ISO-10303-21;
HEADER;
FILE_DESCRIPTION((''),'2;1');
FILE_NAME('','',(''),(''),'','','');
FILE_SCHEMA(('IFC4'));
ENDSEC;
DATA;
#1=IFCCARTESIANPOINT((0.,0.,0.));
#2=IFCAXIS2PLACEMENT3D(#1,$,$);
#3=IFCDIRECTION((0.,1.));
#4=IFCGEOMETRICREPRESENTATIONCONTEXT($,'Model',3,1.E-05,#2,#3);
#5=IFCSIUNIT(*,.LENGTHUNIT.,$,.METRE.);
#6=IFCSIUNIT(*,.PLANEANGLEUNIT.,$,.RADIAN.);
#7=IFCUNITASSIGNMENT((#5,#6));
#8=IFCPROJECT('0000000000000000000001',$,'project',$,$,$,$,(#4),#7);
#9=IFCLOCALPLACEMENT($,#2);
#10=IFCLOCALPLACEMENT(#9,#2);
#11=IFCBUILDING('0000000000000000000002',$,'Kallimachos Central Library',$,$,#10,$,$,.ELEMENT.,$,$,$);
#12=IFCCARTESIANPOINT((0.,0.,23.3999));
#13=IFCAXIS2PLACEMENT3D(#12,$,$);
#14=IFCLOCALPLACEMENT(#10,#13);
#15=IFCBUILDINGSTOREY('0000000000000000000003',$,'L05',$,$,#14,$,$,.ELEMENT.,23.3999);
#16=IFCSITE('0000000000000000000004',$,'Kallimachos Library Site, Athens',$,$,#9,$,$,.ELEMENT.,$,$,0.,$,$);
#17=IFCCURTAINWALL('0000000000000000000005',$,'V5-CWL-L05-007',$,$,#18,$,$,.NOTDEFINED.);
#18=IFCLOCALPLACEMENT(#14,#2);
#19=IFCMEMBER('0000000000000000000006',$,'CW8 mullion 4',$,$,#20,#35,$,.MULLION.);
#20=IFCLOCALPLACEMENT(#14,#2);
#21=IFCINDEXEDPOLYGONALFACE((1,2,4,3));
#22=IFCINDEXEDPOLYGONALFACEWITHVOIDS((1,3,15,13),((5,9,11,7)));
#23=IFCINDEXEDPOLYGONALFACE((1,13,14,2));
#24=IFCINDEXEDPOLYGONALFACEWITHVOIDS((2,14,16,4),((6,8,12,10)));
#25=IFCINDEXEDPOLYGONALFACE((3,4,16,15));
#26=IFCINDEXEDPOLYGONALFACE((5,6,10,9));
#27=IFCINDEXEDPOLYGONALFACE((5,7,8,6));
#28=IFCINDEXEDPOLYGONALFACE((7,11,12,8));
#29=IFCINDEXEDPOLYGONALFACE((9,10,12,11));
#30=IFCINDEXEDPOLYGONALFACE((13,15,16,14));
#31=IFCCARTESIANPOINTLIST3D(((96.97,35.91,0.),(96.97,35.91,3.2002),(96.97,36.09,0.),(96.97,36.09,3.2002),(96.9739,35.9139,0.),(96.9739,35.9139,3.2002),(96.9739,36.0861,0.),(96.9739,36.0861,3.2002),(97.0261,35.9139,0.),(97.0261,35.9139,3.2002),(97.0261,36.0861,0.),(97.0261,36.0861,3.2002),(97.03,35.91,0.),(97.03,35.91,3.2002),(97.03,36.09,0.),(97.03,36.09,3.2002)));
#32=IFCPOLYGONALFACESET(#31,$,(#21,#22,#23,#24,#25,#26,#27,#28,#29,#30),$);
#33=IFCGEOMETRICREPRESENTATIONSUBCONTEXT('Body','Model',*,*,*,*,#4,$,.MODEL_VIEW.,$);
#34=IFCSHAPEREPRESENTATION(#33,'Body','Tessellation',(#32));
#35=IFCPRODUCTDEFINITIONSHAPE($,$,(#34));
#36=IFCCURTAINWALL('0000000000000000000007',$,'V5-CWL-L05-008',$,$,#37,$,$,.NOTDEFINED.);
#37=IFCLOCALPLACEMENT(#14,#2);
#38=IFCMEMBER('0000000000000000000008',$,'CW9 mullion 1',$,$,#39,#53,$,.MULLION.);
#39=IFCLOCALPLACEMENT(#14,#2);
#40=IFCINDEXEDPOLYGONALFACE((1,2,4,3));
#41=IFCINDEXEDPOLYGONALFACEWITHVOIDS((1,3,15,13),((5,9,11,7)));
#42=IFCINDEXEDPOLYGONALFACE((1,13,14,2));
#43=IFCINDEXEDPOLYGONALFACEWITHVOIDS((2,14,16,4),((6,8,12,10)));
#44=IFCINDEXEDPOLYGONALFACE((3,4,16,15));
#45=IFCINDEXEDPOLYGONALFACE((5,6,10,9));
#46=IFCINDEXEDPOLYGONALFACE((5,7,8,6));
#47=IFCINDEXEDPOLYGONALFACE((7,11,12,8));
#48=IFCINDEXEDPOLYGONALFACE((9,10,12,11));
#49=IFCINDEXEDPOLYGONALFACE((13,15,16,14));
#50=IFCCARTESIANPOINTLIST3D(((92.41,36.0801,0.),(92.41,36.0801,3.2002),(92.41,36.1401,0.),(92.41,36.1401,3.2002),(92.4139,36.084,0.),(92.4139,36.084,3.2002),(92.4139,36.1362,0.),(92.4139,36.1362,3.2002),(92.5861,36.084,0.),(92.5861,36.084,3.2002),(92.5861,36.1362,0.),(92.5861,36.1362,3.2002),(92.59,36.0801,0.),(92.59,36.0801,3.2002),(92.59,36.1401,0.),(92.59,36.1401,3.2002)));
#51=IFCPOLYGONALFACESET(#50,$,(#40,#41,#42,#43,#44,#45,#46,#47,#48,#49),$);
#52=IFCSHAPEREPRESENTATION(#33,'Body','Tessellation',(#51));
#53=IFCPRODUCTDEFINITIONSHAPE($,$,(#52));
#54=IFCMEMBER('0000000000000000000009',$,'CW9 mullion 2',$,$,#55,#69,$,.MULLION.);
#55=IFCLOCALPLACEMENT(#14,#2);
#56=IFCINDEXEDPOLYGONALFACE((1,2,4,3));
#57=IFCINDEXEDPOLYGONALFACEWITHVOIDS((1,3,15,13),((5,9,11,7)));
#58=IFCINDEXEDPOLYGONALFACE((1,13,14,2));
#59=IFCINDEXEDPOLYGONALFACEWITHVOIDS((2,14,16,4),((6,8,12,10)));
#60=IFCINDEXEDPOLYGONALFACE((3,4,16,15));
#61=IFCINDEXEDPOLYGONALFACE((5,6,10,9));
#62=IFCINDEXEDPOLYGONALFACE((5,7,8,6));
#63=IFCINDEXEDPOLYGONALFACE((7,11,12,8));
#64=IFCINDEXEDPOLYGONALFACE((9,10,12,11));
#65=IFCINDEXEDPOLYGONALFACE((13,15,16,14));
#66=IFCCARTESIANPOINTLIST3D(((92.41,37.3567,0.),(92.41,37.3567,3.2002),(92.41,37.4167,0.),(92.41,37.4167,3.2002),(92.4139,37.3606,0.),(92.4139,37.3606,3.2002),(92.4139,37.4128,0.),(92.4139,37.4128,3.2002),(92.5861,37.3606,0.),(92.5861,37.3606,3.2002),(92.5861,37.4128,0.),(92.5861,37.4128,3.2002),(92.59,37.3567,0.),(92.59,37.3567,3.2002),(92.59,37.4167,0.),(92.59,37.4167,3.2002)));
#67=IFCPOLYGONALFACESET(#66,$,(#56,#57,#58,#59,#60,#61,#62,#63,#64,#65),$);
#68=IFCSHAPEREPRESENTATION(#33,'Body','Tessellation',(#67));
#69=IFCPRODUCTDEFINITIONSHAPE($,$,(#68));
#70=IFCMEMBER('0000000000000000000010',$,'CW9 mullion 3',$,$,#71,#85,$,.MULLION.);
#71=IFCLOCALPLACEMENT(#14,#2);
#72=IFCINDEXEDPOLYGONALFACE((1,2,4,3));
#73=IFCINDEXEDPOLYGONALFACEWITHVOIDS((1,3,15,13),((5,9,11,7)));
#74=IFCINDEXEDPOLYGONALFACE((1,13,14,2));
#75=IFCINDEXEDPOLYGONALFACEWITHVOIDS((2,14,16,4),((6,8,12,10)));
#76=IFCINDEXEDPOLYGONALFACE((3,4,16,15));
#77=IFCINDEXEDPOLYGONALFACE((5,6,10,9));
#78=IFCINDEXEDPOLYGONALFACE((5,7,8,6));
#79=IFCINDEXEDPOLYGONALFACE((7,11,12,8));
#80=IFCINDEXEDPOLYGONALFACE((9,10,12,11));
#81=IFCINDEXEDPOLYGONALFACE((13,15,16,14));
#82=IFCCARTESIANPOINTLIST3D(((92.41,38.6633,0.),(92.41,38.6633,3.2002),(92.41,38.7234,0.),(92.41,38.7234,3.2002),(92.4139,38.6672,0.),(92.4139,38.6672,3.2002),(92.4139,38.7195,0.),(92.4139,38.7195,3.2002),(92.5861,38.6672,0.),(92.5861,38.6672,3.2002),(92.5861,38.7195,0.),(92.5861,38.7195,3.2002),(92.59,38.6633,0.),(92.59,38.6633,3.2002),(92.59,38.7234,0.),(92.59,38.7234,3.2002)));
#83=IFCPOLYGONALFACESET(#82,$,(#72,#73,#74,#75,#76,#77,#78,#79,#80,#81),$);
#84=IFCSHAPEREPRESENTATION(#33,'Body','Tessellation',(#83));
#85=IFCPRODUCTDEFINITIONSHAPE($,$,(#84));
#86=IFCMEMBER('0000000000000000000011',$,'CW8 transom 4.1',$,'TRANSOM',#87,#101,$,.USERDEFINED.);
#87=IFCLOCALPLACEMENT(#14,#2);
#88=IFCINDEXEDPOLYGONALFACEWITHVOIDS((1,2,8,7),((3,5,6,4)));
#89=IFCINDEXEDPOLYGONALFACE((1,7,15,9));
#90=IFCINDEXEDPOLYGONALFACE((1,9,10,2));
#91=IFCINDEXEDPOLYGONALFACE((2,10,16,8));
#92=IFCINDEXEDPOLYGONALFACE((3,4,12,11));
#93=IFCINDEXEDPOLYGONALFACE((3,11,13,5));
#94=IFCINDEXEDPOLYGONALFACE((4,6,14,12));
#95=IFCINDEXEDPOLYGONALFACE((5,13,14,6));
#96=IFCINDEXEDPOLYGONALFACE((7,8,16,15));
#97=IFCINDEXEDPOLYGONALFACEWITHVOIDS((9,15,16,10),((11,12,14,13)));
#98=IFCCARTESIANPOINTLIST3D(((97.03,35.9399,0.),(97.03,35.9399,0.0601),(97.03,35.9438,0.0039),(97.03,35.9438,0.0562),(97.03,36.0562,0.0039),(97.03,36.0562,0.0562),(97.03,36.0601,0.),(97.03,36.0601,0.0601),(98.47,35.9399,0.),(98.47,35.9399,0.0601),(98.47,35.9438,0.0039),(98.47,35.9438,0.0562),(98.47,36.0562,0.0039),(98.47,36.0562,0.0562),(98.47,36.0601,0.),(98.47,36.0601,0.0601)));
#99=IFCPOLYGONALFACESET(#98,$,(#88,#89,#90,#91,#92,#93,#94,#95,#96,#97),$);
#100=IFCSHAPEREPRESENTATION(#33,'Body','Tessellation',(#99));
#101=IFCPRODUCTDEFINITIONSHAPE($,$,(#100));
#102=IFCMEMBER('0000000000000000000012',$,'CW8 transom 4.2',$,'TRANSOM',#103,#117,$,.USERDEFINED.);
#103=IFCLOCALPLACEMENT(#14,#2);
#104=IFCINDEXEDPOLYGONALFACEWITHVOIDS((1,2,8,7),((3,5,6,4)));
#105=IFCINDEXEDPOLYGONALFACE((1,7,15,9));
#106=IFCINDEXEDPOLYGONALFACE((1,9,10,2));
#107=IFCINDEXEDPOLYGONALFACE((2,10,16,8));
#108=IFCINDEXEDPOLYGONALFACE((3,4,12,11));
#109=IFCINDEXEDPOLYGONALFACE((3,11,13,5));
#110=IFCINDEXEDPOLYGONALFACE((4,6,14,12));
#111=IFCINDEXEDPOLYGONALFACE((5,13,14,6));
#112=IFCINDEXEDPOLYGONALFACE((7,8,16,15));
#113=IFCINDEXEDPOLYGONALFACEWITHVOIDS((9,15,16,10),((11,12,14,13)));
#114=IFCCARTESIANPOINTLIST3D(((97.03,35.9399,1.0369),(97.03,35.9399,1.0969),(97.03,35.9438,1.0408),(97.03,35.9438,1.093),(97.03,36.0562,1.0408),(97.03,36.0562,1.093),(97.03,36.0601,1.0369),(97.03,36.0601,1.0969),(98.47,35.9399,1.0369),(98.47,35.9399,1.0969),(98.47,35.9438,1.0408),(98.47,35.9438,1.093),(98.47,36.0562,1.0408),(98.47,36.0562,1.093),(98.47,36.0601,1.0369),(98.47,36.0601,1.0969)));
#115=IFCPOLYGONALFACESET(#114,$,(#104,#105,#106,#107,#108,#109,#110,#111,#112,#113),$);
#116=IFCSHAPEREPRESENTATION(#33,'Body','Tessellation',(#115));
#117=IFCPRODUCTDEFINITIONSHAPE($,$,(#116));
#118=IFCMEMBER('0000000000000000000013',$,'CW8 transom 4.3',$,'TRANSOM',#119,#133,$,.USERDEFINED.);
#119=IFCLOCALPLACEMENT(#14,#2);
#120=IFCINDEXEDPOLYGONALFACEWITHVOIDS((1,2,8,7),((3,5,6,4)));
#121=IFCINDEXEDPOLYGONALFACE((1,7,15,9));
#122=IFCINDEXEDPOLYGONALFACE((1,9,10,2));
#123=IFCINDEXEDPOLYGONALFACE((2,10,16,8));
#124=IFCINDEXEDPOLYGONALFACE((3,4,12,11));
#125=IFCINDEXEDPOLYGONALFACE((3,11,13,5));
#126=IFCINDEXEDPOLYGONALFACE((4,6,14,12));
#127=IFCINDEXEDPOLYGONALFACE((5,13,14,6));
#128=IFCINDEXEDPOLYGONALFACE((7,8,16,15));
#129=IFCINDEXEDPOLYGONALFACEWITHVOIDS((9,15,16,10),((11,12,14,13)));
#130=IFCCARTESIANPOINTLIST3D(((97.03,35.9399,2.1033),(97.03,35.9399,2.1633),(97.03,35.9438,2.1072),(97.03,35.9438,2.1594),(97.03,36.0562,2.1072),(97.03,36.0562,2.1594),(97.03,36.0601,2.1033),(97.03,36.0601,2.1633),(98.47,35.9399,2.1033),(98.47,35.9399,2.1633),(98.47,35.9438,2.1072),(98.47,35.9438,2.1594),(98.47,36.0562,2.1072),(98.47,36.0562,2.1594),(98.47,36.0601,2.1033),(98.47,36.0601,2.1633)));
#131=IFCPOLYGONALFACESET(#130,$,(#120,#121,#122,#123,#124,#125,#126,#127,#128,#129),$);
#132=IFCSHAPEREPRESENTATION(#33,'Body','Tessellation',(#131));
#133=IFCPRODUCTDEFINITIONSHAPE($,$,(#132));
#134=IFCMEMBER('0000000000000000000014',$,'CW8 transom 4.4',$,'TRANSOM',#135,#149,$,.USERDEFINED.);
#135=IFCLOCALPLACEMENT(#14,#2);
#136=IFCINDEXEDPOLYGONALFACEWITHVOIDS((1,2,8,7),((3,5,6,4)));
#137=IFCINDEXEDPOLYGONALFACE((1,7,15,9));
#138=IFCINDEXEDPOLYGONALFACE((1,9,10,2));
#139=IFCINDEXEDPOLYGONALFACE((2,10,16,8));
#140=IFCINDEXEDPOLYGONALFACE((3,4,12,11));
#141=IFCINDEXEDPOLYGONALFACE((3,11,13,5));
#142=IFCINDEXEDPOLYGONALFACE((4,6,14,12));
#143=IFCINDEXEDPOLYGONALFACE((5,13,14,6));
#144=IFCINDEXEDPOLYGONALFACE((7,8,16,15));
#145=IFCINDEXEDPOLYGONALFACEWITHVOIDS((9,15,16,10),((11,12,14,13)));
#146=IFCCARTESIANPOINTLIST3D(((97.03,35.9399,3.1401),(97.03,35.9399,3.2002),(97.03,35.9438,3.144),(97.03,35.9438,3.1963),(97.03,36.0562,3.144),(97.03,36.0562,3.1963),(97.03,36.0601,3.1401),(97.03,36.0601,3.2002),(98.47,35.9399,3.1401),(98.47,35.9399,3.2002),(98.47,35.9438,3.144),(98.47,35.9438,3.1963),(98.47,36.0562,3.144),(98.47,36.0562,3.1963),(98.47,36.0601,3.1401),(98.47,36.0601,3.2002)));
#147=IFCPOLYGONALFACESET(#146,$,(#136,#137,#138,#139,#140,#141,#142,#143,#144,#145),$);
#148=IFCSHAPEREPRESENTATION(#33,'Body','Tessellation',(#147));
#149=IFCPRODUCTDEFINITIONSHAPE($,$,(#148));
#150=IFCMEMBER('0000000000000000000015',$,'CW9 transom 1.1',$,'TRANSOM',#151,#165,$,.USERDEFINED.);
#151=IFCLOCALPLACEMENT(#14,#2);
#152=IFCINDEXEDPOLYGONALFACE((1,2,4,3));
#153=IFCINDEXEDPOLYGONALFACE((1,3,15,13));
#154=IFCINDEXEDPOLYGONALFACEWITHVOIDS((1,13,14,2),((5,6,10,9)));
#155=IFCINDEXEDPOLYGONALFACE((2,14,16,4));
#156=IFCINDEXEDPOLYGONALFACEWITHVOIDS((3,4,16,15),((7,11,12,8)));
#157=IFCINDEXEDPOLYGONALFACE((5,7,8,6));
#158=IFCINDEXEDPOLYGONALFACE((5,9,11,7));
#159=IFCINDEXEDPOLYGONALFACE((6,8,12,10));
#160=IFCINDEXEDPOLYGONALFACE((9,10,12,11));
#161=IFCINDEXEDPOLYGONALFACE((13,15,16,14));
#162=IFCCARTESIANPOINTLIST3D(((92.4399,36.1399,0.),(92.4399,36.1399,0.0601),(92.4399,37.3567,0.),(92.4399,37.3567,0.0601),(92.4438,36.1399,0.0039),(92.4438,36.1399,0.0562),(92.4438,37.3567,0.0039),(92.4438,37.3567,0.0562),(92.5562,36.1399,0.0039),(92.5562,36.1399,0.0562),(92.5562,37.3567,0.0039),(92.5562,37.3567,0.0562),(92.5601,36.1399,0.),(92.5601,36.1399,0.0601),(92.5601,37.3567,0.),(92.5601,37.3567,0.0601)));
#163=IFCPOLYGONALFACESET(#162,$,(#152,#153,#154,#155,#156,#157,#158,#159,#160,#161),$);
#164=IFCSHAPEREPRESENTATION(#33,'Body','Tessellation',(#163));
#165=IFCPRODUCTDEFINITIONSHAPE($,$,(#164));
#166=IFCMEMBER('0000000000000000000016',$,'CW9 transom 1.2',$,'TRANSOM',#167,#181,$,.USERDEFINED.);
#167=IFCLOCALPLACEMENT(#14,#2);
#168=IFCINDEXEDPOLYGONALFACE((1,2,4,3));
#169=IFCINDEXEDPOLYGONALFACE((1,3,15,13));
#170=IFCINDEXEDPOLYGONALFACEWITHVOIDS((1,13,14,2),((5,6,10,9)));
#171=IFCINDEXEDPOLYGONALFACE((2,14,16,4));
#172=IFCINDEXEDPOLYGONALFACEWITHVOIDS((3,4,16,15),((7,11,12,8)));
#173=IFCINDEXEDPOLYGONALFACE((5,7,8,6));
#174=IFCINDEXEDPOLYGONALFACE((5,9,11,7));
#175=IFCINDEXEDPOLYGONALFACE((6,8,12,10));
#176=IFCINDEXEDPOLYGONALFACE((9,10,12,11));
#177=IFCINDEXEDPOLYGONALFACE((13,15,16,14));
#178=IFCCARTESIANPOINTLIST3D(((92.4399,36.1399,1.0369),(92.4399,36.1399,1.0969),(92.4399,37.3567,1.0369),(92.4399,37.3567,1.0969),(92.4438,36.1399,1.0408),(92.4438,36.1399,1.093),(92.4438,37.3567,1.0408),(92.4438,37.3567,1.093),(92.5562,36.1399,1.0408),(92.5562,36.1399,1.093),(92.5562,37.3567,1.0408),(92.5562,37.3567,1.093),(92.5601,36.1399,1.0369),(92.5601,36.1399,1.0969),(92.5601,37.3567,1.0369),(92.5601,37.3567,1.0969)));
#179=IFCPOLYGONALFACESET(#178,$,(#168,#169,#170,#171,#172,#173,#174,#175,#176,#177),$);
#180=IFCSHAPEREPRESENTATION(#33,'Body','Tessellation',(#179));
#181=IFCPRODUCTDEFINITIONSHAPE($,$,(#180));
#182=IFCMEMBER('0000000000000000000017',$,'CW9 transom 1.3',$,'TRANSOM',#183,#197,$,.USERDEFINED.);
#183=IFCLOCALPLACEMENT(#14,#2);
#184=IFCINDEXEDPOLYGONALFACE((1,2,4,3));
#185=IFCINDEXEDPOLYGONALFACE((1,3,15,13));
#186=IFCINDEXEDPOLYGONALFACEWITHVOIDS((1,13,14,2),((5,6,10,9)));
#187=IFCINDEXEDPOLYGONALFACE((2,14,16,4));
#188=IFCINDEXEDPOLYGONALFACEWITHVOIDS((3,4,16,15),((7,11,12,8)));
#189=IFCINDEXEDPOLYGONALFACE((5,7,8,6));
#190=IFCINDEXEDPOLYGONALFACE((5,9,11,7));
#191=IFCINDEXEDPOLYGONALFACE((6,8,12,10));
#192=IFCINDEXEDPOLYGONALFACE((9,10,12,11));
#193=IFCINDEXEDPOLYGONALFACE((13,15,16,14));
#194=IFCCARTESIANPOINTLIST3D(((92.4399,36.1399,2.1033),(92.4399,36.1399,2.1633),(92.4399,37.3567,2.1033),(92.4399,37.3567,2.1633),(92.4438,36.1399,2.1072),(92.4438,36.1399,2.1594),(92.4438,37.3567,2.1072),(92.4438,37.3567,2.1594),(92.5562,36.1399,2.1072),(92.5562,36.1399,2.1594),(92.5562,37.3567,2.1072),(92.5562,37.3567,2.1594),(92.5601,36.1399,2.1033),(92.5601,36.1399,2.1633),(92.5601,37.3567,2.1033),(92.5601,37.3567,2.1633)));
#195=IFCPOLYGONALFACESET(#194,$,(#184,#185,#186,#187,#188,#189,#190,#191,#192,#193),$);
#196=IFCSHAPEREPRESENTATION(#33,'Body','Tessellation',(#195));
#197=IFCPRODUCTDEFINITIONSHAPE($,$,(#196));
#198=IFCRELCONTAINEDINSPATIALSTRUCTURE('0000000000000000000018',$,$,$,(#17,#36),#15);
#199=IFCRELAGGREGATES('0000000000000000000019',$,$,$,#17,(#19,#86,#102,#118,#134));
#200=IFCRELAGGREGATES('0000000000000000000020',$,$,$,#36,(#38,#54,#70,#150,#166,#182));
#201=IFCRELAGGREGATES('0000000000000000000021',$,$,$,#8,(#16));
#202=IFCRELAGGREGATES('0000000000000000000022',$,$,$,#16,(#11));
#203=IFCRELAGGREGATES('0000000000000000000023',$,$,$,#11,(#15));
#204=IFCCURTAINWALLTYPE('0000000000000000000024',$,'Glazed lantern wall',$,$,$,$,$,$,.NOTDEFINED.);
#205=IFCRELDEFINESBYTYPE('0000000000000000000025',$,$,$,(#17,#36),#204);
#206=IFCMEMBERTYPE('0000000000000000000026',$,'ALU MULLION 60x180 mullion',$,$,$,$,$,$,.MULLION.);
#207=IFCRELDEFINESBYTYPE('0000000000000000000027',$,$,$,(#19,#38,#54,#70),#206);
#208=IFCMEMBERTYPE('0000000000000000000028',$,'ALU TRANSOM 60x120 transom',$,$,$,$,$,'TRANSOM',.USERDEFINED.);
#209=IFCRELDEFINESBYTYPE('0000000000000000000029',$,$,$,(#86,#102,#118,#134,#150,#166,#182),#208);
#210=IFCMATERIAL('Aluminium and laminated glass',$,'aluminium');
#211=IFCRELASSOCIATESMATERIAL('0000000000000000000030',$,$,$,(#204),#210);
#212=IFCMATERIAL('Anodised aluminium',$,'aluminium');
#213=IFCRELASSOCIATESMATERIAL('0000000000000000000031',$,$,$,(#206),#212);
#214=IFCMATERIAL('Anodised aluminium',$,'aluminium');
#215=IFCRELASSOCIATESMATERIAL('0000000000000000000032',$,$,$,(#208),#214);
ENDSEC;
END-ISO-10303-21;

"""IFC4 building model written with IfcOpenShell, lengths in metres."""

from ifc_helpers import new_model, si_unit, direction, frame, origin, origin_2d, place, context, subcontext, project, spatial, hollow_rectangle, extrude, material, material_profile, profile_set, type_object, element, aggregate, save


model = new_model("IFC4")

# Units and contexts
model_context = context("Model", 3, precision=1e-05, world=origin(), true_north=direction((0.0, 1.0)))
body_context = subcontext(model_context, "Body", "Model", "MODEL_VIEW")
ifc_project = project(units=[si_unit("LENGTHUNIT", "METRE"), si_unit("PLANEANGLEUNIT", "RADIAN")], contexts=[model_context])

# Site, building, storey
site_placement = place(None, origin())
site = spatial("IfcSite", under=ifc_project, at=site_placement, Name="Kallimachos Library Site, Athens", CompositionType="ELEMENT", RefElevation=0.0)
building_placement = place(site_placement, origin())
building = spatial("IfcBuilding", under=site, at=building_placement, Name="Kallimachos Central Library", CompositionType="ELEMENT")
storey_placement = place(building_placement, frame((0.0, 0.0, 23.3999)))
storey = spatial("IfcBuildingStorey", under=building, at=storey_placement, Name="L05", CompositionType="ELEMENT", Elevation=23.3999)

# Curtain wall, member
ifc_material_1 = material(Name="Aluminium and laminated glass", Category="aluminium")
curtain_wall_type = type_object("IfcCurtainWallType", Name="Glazed lantern wall", PredefinedType="NOTDEFINED", material=ifc_material_1)
curtain_wall_1_placement = place(storey_placement, origin())
curtain_wall_1 = element("IfcCurtainWall", 1, at=curtain_wall_1_placement, inside=storey, type_object=curtain_wall_type, Name="V5-CWL-L05-007", PredefinedType="NOTDEFINED")
ifc_material_2 = material(Name="Anodised aluminium", Category="aluminium")
ifc_material_profile_1 = material_profile(ifc_material_2, hollow_rectangle(XDim=0.0601, YDim=0.1799, WallThickness=0.0039, at=origin_2d()), Name="ALU MULLION 60x180")
ifc_profile_set_1 = profile_set([ifc_material_profile_1], Name="Anodised aluminium")
member_type_1 = type_object("IfcMemberType", Name="ALU MULLION 60x180 mullion", PredefinedType="MULLION", material=ifc_profile_set_1)
member_1_placement = place(storey_placement, frame((97.0, 36.0, 0.0), z_axis=(0.0, 0.0, 1.0), x_axis=(1.0, 0.0, 0.0)))
member_1 = element("IfcMember", 2, at=member_1_placement, type_object=member_type_1, Name="CW8 mullion 4", PredefinedType="MULLION", context=body_context, shape_type="SweptSolid", body=[
    extrude(hollow_rectangle(XDim=0.0601, YDim=0.1799, WallThickness=0.0039, at=origin_2d()), origin(), (0.0, 0.0, 1.0), 3.2002),
])

# Curtain wall, members
curtain_wall_2_placement = place(storey_placement, origin())
curtain_wall_2 = element("IfcCurtainWall", 3, at=curtain_wall_2_placement, inside=storey, type_object=curtain_wall_type, Name="V5-CWL-L05-008", PredefinedType="NOTDEFINED")
member_2_placement = place(storey_placement, frame((92.5, 36.1101, 0.0), z_axis=(0.0, 0.0, 1.0), x_axis=(0.0, 1.0, 0.0)))
member_2 = element("IfcMember", 4, at=member_2_placement, type_object=member_type_1, Name="CW9 mullion 1", PredefinedType="MULLION", context=body_context, shape_type="SweptSolid", body=[
    extrude(hollow_rectangle(XDim=0.0601, YDim=0.1799, WallThickness=0.0039, at=origin_2d()), origin(), (0.0, 0.0, 1.0), 3.2002),
])
member_3_placement = place(storey_placement, frame((92.5, 37.3867, 0.0), z_axis=(0.0, 0.0, 1.0), x_axis=(0.0, 1.0, 0.0)))
member_3 = element("IfcMember", 5, at=member_3_placement, type_object=member_type_1, Name="CW9 mullion 2", PredefinedType="MULLION", context=body_context, shape_type="SweptSolid", body=[
    extrude(hollow_rectangle(XDim=0.0601, YDim=0.1799, WallThickness=0.0039, at=origin_2d()), origin(), (0.0, 0.0, 1.0), 3.2002),
])
member_4_placement = place(storey_placement, frame((92.5, 38.6934, 0.0), z_axis=(0.0, 0.0, 1.0), x_axis=(0.0, 1.0, 0.0)))
member_4 = element("IfcMember", 6, at=member_4_placement, type_object=member_type_1, Name="CW9 mullion 3", PredefinedType="MULLION", context=body_context, shape_type="SweptSolid", body=[
    extrude(hollow_rectangle(XDim=0.0601, YDim=0.1799, WallThickness=0.0039, at=origin_2d()), origin(), (0.0, 0.0, 1.0), 3.2002),
])

# Members
ifc_material_3 = material(Name="Anodised aluminium", Category="aluminium")
ifc_material_profile_2 = material_profile(ifc_material_3, hollow_rectangle(XDim=0.0601, YDim=0.1201, WallThickness=0.0039, at=origin_2d()), Name="ALU TRANSOM 60x120")
ifc_profile_set_2 = profile_set([ifc_material_profile_2], Name="Anodised aluminium")
member_type_2 = type_object("IfcMemberType", Name="ALU TRANSOM 60x120 transom", ElementType="TRANSOM", PredefinedType="USERDEFINED", material=ifc_profile_set_2)
member_5_placement = place(storey_placement, frame((97.03, 36.0, 0.03), z_axis=(1.0, 0.0, 0.0), x_axis=(0.0, 0.0, 1.0)))
member_5 = element("IfcMember", 7, at=member_5_placement, type_object=member_type_2, Name="CW8 transom 4.1", ObjectType="TRANSOM", PredefinedType="USERDEFINED", context=body_context, shape_type="SweptSolid", body=[
    extrude(hollow_rectangle(XDim=0.0601, YDim=0.1201, WallThickness=0.0039, at=origin_2d()), origin(), (0.0, 0.0, 1.0), 1.4399),
])
member_6_placement = place(storey_placement, frame((97.03, 36.0, 1.0669), z_axis=(1.0, 0.0, 0.0), x_axis=(0.0, 0.0, 1.0)))
member_6 = element("IfcMember", 8, at=member_6_placement, type_object=member_type_2, Name="CW8 transom 4.2", ObjectType="TRANSOM", PredefinedType="USERDEFINED", context=body_context, shape_type="SweptSolid", body=[
    extrude(hollow_rectangle(XDim=0.0601, YDim=0.1201, WallThickness=0.0039, at=origin_2d()), origin(), (0.0, 0.0, 1.0), 1.4399),
])
member_7_placement = place(storey_placement, frame((97.03, 36.0, 2.1333), z_axis=(1.0, 0.0, 0.0), x_axis=(0.0, 0.0, 1.0)))
member_7 = element("IfcMember", 9, at=member_7_placement, type_object=member_type_2, Name="CW8 transom 4.3", ObjectType="TRANSOM", PredefinedType="USERDEFINED", context=body_context, shape_type="SweptSolid", body=[
    extrude(hollow_rectangle(XDim=0.0601, YDim=0.1201, WallThickness=0.0039, at=origin_2d()), origin(), (0.0, 0.0, 1.0), 1.4399),
])
member_8_placement = place(storey_placement, frame((97.03, 36.0, 3.1702), z_axis=(1.0, 0.0, 0.0), x_axis=(0.0, 0.0, 1.0)))
member_8 = element("IfcMember", 10, at=member_8_placement, type_object=member_type_2, Name="CW8 transom 4.4", ObjectType="TRANSOM", PredefinedType="USERDEFINED", context=body_context, shape_type="SweptSolid", body=[
    extrude(hollow_rectangle(XDim=0.0601, YDim=0.1201, WallThickness=0.0039, at=origin_2d()), origin(), (0.0, 0.0, 1.0), 1.4399),
])
member_9_placement = place(storey_placement, frame((92.5, 36.1399, 0.03), z_axis=(0.0, 1.0, 0.0), x_axis=(0.0, 0.0, 1.0)))
member_9 = element("IfcMember", 11, at=member_9_placement, type_object=member_type_2, Name="CW9 transom 1.1", ObjectType="TRANSOM", PredefinedType="USERDEFINED", context=body_context, shape_type="SweptSolid", body=[
    extrude(hollow_rectangle(XDim=0.0601, YDim=0.1201, WallThickness=0.0039, at=origin_2d()), origin(), (0.0, 0.0, 1.0), 1.2168),
])
member_10_placement = place(storey_placement, frame((92.5, 36.1399, 1.0669), z_axis=(0.0, 1.0, 0.0), x_axis=(0.0, 0.0, 1.0)))
member_10 = element("IfcMember", 12, at=member_10_placement, type_object=member_type_2, Name="CW9 transom 1.2", ObjectType="TRANSOM", PredefinedType="USERDEFINED", context=body_context, shape_type="SweptSolid", body=[
    extrude(hollow_rectangle(XDim=0.0601, YDim=0.1201, WallThickness=0.0039, at=origin_2d()), origin(), (0.0, 0.0, 1.0), 1.2168),
])
member_11_placement = place(storey_placement, frame((92.5, 36.1399, 2.1333), z_axis=(0.0, 1.0, 0.0), x_axis=(0.0, 0.0, 1.0)))
member_11 = element("IfcMember", 13, at=member_11_placement, type_object=member_type_2, Name="CW9 transom 1.3", ObjectType="TRANSOM", PredefinedType="USERDEFINED", context=body_context, shape_type="SweptSolid", body=[
    extrude(hollow_rectangle(XDim=0.0601, YDim=0.1201, WallThickness=0.0039, at=origin_2d()), origin(), (0.0, 0.0, 1.0), 1.2168),
])

aggregate(curtain_wall_1, [member_1, member_5, member_6, member_7, member_8])
aggregate(curtain_wall_2, [member_2, member_3, member_4, member_9, member_10, member_11])

save(model, "model.ifc")
